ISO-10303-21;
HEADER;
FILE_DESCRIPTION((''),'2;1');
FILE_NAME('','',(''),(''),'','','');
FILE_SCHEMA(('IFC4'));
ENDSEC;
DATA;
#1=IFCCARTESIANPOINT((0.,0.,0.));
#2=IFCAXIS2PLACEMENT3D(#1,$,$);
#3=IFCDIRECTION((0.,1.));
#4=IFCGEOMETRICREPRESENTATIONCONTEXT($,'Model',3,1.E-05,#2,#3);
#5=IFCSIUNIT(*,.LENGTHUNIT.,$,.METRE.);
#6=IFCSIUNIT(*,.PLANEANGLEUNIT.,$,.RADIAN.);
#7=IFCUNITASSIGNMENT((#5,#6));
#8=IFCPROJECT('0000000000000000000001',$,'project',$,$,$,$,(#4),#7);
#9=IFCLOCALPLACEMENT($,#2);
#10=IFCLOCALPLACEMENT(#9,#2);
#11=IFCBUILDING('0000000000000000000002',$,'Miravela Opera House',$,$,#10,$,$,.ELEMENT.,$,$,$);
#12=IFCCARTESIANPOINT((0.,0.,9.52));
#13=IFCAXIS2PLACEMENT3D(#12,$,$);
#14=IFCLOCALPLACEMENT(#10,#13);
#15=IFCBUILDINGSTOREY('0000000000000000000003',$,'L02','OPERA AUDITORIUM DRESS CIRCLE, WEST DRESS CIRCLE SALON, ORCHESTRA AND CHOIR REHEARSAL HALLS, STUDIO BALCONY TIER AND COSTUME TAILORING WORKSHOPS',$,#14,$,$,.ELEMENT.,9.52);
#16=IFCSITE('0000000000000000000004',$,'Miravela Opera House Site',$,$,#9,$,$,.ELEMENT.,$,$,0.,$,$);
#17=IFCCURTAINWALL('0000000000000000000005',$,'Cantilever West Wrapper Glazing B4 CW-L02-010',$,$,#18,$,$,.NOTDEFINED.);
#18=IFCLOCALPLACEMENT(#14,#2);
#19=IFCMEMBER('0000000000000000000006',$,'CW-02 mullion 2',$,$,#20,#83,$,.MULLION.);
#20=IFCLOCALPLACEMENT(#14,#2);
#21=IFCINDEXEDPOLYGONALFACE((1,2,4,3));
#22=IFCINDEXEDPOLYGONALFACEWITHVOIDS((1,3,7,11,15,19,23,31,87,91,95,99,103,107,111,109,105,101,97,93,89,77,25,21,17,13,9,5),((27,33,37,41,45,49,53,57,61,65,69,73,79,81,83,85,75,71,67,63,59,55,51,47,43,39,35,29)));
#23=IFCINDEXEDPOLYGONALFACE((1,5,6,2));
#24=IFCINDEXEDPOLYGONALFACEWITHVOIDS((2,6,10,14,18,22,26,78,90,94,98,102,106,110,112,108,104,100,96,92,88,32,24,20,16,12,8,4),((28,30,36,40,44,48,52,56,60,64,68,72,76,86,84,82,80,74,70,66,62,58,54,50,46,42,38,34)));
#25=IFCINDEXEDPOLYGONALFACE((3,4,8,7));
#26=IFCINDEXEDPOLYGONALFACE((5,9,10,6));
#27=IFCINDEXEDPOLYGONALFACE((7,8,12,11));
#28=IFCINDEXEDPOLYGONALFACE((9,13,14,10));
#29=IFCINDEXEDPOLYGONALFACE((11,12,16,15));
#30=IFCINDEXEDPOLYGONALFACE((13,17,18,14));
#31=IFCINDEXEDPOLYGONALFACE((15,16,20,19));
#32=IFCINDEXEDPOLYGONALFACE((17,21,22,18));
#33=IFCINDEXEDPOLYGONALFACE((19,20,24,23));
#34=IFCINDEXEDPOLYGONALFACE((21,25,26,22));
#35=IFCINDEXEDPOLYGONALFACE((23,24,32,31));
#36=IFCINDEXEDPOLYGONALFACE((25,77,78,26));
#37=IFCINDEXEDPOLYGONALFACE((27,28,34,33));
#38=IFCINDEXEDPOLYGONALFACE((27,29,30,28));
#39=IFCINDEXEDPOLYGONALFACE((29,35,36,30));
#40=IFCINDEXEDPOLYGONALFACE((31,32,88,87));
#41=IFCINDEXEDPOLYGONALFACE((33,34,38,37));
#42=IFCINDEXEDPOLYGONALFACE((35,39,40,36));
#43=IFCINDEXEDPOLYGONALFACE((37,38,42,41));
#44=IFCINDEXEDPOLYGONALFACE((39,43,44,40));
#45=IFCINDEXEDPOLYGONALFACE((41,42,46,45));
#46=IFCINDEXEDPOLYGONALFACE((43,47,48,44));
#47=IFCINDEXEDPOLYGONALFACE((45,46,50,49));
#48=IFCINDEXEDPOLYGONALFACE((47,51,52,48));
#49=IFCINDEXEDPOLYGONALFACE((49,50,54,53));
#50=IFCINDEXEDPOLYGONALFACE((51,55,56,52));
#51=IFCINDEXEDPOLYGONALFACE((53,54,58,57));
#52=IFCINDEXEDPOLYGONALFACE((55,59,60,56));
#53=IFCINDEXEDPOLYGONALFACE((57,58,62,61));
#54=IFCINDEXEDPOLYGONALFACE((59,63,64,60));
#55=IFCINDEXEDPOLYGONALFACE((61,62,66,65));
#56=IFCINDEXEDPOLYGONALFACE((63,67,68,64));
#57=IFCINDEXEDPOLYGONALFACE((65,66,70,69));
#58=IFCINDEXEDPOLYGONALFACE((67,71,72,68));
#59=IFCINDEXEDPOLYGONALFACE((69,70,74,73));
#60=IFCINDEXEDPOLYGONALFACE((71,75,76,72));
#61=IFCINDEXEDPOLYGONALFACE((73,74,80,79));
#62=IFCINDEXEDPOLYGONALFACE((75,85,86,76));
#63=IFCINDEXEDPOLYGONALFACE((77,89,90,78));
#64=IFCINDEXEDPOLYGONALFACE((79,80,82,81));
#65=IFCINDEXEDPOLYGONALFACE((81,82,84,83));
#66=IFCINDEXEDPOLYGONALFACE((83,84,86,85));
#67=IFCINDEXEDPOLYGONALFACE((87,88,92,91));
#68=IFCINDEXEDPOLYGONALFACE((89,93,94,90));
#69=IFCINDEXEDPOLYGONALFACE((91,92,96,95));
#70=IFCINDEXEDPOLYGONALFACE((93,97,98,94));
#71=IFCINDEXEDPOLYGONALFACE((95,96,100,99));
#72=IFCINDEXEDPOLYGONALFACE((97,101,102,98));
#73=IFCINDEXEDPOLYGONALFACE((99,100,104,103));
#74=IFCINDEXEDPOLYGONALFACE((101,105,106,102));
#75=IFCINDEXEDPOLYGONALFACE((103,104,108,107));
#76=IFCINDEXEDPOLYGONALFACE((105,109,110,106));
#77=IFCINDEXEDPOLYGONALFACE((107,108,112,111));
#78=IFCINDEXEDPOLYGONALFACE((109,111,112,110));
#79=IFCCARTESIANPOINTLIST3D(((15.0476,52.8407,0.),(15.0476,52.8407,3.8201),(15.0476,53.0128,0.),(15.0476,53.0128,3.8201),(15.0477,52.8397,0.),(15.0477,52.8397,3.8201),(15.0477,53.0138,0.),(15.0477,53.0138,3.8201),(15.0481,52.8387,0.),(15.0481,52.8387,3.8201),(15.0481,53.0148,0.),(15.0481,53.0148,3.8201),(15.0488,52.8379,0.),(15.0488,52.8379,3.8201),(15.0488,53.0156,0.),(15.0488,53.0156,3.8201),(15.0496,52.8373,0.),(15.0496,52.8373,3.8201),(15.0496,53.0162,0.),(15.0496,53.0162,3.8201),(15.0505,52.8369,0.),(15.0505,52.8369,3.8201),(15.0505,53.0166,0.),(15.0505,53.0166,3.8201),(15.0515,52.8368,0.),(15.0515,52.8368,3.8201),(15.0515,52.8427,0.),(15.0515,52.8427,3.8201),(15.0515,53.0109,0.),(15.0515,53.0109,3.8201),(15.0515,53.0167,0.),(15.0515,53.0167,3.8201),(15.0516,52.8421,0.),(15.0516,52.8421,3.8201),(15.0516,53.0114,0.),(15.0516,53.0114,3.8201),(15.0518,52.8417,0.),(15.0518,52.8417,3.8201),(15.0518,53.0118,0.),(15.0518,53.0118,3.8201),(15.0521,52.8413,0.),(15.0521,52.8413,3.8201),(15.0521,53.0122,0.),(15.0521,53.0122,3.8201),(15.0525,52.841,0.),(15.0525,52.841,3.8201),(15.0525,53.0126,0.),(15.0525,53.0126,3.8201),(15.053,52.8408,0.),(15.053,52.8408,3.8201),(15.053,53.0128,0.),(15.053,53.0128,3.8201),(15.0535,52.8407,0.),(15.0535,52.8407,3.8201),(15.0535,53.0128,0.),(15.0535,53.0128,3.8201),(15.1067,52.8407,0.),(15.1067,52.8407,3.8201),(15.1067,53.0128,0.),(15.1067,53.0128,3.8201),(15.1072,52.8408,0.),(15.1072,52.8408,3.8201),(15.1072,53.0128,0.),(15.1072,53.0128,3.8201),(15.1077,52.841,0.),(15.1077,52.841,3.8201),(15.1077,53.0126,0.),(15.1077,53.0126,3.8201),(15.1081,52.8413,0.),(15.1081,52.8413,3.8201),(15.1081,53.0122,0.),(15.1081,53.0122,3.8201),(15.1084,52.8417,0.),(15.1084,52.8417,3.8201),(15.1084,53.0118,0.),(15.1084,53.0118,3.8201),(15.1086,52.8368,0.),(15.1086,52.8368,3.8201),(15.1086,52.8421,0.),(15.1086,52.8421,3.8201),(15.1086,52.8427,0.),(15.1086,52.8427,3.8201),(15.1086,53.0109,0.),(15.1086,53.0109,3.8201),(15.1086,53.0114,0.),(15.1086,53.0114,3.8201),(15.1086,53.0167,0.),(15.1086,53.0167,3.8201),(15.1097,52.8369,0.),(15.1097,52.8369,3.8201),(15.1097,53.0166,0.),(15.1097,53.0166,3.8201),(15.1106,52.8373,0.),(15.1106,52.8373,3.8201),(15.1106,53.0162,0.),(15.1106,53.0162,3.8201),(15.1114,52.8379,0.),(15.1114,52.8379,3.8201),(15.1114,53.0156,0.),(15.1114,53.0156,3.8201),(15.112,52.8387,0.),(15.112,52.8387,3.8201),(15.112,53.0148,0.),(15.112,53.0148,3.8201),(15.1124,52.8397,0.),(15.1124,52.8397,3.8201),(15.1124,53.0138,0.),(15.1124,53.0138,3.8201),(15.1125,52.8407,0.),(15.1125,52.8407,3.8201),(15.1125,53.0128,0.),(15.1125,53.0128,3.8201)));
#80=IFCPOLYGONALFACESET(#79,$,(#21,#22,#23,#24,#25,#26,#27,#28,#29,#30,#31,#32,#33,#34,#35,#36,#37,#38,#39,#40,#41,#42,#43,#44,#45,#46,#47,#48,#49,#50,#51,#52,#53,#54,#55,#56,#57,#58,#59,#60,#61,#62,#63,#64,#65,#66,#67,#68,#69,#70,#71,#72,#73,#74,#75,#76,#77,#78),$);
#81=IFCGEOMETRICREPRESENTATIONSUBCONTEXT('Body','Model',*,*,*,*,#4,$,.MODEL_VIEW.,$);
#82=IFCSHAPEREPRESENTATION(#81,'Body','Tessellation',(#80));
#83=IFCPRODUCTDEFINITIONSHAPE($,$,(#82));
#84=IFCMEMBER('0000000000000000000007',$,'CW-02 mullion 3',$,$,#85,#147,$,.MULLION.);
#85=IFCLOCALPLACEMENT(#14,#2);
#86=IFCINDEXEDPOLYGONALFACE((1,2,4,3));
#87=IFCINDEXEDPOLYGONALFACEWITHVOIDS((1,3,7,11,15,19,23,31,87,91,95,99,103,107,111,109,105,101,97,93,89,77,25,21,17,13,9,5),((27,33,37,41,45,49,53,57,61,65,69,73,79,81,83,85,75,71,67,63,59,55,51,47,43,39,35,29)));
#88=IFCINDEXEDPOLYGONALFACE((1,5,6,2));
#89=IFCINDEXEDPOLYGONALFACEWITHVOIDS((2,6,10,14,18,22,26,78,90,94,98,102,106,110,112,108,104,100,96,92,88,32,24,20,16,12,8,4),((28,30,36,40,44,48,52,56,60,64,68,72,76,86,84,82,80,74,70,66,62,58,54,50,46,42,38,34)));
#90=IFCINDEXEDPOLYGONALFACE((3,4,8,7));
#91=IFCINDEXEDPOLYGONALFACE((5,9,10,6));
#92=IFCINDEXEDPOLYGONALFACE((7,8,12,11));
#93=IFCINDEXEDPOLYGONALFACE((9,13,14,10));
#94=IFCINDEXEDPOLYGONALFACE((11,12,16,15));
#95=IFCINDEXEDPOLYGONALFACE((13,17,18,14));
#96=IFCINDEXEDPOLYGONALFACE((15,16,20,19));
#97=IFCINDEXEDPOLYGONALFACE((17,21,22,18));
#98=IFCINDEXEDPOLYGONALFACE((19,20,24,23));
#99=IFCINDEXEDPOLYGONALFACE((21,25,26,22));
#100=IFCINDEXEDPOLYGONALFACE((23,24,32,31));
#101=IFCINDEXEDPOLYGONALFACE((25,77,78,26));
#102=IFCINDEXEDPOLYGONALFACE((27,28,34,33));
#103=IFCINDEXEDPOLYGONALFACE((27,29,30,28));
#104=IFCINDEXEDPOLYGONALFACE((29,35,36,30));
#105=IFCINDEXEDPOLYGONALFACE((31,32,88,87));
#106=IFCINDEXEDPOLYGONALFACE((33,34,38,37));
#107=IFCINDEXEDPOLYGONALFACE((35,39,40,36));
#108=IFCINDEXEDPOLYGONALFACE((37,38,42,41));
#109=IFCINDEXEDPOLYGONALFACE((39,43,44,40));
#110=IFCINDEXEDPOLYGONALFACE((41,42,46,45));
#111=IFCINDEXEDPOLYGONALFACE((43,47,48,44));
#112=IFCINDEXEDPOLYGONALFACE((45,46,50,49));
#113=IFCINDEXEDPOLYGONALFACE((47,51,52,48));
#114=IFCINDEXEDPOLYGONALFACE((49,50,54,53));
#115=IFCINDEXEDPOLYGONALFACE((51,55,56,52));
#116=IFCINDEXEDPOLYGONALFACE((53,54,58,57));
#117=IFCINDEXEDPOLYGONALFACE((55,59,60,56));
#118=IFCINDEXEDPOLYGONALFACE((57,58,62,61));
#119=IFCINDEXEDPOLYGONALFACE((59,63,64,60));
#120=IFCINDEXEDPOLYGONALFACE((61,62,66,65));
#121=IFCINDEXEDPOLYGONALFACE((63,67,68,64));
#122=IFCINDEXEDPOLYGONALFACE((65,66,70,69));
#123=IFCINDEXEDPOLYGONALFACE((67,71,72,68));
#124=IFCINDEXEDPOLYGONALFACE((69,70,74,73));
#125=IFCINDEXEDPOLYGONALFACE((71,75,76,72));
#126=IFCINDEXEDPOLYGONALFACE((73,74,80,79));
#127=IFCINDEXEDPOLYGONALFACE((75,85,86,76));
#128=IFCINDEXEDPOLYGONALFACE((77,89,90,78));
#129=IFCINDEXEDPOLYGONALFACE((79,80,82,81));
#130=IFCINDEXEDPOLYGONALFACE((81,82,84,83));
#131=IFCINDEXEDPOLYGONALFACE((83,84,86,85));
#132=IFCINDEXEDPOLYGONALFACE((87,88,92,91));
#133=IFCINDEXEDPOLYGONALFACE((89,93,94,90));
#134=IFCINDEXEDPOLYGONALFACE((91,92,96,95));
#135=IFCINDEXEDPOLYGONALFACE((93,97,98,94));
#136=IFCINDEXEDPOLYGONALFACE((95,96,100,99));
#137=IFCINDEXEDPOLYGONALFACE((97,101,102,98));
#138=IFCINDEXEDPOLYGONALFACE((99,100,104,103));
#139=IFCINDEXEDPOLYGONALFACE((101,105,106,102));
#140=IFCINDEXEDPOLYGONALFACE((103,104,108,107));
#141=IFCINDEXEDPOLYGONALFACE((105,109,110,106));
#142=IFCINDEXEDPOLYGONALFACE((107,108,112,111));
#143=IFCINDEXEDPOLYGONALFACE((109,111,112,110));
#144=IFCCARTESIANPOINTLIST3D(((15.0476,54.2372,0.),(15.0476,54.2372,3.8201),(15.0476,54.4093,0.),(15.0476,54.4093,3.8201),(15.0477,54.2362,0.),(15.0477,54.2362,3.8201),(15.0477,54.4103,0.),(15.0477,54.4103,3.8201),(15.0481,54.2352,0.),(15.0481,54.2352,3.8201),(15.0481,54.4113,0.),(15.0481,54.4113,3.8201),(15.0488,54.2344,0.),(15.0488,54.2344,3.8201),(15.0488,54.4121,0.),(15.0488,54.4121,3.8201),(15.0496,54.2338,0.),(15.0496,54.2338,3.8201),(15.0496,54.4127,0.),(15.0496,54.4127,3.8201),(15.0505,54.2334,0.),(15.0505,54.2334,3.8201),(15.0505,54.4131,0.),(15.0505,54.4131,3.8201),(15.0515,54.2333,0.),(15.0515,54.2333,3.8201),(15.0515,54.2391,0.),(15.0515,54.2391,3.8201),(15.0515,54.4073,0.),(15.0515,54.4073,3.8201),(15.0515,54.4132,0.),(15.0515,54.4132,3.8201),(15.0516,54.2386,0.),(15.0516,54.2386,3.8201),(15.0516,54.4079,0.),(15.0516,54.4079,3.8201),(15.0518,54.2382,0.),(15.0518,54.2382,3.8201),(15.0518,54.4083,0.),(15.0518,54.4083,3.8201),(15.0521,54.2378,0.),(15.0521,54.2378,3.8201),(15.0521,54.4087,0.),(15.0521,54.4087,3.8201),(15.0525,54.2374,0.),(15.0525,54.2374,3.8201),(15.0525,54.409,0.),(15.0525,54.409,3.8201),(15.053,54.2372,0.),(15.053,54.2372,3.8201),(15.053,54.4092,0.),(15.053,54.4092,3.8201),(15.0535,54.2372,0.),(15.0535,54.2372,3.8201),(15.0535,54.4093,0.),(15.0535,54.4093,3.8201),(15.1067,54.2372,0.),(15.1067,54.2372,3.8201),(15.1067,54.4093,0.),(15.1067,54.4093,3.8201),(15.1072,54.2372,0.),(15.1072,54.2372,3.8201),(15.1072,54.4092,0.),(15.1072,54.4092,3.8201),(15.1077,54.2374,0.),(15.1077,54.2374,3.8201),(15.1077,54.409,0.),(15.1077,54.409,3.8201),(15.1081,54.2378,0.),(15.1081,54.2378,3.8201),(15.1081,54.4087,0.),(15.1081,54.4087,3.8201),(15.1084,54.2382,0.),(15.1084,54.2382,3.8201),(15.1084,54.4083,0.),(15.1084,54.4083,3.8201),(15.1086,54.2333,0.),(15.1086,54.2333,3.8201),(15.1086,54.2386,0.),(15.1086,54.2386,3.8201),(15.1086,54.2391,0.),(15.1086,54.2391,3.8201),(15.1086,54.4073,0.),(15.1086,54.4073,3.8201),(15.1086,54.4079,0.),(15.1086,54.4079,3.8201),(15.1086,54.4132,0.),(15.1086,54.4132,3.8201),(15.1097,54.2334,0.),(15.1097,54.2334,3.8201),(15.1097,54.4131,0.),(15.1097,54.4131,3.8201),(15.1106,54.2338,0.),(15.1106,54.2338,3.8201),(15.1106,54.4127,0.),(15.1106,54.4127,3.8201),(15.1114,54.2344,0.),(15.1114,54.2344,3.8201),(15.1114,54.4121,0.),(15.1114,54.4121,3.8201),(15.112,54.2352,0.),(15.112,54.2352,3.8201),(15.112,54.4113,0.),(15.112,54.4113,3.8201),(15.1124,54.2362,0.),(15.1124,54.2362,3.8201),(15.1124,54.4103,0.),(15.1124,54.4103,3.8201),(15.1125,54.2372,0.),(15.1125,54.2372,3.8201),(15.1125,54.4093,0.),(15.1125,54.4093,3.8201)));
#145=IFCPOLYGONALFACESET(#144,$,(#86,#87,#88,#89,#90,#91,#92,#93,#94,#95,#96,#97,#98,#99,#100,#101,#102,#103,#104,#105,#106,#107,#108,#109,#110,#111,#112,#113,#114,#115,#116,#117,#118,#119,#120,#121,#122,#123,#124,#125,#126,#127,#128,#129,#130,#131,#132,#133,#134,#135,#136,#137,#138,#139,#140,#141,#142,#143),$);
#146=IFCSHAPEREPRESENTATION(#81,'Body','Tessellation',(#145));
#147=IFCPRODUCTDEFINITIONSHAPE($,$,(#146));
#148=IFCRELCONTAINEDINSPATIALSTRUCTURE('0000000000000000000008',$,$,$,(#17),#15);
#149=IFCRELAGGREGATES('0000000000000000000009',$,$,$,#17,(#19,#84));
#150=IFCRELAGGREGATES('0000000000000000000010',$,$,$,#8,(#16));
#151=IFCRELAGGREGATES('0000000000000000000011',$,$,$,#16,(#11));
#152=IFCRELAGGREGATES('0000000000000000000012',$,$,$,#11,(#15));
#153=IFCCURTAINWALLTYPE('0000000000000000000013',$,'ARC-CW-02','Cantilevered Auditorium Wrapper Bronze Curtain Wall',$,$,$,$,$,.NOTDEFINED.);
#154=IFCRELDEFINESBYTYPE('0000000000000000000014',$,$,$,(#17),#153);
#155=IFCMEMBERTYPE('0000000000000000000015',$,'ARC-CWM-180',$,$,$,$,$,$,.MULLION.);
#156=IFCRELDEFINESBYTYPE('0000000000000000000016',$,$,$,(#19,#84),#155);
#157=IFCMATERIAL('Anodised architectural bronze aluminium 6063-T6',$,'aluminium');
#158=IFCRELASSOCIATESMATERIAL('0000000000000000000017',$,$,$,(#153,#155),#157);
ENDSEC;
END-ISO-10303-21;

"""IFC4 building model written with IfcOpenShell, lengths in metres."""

from ifc_helpers import new_model, si_unit, direction, frame, origin, origin_2d, place, context, subcontext, project, spatial, hollow_rectangle, extrude, material, material_profile, profile_set, type_object, element, aggregate, save


model = new_model("IFC4")

# Units and contexts
model_context = context("Model", 3, precision=1e-05, world=origin(), true_north=direction((0.0, 1.0)))
body_context = subcontext(model_context, "Body", "Model", "MODEL_VIEW")
ifc_project = project(units=[si_unit("LENGTHUNIT", "METRE"), si_unit("PLANEANGLEUNIT", "RADIAN")], contexts=[model_context])

# Site, building, storey
site_placement = place(None, origin())
site = spatial("IfcSite", under=ifc_project, at=site_placement, Name="Miravela Opera House Site", CompositionType="ELEMENT", RefElevation=0.0)
building_placement = place(site_placement, origin())
building = spatial("IfcBuilding", under=site, at=building_placement, Name="Miravela Opera House", CompositionType="ELEMENT")
storey_placement = place(building_placement, frame((0.0, 0.0, 9.52)))
storey = spatial("IfcBuildingStorey", under=building, at=storey_placement, Name="L02", Description="OPERA AUDITORIUM DRESS CIRCLE, WEST DRESS CIRCLE SALON, ORCHESTRA AND CHOIR REHEARSAL HALLS, STUDIO BALCONY TIER AND COSTUME TAILORING WORKSHOPS", CompositionType="ELEMENT", Elevation=9.52)

# Shared definitions
ifc_material_1 = material(Name="Anodised architectural bronze aluminium 6063-T6", Category="aluminium")
curtain_wall_type = type_object("IfcCurtainWallType", Name="ARC-CW-02", Description="Cantilevered Auditorium Wrapper Bronze Curtain Wall", PredefinedType="NOTDEFINED", material=ifc_material_1)
ifc_material_profile_1 = material_profile(ifc_material_1, hollow_rectangle(XDim=0.0649, YDim=0.1799, WallThickness=0.0039, InnerFilletRadius=0.002, OuterFilletRadius=0.0039, at=origin_2d()), Name="CWM-65X180")
ifc_profile_set_1 = profile_set([ifc_material_profile_1])
member_type_1 = type_object("IfcMemberType", Name="ARC-CWM-180", PredefinedType="MULLION", material=ifc_profile_set_1)

# Curtain wall, members
curtain_wall_1_placement = place(storey_placement, origin())
curtain_wall_1 = element("IfcCurtainWall", 1, at=curtain_wall_1_placement, inside=storey, type_object=curtain_wall_type, Name="Cantilever West Wrapper Glazing B4 CW-L02-010", PredefinedType="NOTDEFINED")
member_1_placement = place(storey_placement, frame((15.0801, 52.9268, 0.0), z_axis=(0.0, 0.0, 1.0), x_axis=(-1.0, 0.0, 0.0)))
member_1 = element("IfcMember", 2, at=member_1_placement, type_object=member_type_1, Name="CW-02 mullion 2", PredefinedType="MULLION", context=body_context, shape_type="SweptSolid", body=[
    extrude(hollow_rectangle(XDim=0.0649, YDim=0.1799, WallThickness=0.0039, InnerFilletRadius=0.002, OuterFilletRadius=0.0039, at=origin_2d()), origin(), (0.0, 0.0, 1.0), 3.8201),
])
member_2_placement = place(storey_placement, frame((15.0801, 54.3232, 0.0), z_axis=(0.0, 0.0, 1.0), x_axis=(-1.0, 0.0, 0.0)))
member_2 = element("IfcMember", 3, at=member_2_placement, type_object=member_type_1, Name="CW-02 mullion 3", PredefinedType="MULLION", context=body_context, shape_type="SweptSolid", body=[
    extrude(hollow_rectangle(XDim=0.0649, YDim=0.1799, WallThickness=0.0039, InnerFilletRadius=0.002, OuterFilletRadius=0.0039, at=origin_2d()), origin(), (0.0, 0.0, 1.0), 3.8201),
])

aggregate(curtain_wall_1, [member_1, member_2])

save(model, "model.ifc")
